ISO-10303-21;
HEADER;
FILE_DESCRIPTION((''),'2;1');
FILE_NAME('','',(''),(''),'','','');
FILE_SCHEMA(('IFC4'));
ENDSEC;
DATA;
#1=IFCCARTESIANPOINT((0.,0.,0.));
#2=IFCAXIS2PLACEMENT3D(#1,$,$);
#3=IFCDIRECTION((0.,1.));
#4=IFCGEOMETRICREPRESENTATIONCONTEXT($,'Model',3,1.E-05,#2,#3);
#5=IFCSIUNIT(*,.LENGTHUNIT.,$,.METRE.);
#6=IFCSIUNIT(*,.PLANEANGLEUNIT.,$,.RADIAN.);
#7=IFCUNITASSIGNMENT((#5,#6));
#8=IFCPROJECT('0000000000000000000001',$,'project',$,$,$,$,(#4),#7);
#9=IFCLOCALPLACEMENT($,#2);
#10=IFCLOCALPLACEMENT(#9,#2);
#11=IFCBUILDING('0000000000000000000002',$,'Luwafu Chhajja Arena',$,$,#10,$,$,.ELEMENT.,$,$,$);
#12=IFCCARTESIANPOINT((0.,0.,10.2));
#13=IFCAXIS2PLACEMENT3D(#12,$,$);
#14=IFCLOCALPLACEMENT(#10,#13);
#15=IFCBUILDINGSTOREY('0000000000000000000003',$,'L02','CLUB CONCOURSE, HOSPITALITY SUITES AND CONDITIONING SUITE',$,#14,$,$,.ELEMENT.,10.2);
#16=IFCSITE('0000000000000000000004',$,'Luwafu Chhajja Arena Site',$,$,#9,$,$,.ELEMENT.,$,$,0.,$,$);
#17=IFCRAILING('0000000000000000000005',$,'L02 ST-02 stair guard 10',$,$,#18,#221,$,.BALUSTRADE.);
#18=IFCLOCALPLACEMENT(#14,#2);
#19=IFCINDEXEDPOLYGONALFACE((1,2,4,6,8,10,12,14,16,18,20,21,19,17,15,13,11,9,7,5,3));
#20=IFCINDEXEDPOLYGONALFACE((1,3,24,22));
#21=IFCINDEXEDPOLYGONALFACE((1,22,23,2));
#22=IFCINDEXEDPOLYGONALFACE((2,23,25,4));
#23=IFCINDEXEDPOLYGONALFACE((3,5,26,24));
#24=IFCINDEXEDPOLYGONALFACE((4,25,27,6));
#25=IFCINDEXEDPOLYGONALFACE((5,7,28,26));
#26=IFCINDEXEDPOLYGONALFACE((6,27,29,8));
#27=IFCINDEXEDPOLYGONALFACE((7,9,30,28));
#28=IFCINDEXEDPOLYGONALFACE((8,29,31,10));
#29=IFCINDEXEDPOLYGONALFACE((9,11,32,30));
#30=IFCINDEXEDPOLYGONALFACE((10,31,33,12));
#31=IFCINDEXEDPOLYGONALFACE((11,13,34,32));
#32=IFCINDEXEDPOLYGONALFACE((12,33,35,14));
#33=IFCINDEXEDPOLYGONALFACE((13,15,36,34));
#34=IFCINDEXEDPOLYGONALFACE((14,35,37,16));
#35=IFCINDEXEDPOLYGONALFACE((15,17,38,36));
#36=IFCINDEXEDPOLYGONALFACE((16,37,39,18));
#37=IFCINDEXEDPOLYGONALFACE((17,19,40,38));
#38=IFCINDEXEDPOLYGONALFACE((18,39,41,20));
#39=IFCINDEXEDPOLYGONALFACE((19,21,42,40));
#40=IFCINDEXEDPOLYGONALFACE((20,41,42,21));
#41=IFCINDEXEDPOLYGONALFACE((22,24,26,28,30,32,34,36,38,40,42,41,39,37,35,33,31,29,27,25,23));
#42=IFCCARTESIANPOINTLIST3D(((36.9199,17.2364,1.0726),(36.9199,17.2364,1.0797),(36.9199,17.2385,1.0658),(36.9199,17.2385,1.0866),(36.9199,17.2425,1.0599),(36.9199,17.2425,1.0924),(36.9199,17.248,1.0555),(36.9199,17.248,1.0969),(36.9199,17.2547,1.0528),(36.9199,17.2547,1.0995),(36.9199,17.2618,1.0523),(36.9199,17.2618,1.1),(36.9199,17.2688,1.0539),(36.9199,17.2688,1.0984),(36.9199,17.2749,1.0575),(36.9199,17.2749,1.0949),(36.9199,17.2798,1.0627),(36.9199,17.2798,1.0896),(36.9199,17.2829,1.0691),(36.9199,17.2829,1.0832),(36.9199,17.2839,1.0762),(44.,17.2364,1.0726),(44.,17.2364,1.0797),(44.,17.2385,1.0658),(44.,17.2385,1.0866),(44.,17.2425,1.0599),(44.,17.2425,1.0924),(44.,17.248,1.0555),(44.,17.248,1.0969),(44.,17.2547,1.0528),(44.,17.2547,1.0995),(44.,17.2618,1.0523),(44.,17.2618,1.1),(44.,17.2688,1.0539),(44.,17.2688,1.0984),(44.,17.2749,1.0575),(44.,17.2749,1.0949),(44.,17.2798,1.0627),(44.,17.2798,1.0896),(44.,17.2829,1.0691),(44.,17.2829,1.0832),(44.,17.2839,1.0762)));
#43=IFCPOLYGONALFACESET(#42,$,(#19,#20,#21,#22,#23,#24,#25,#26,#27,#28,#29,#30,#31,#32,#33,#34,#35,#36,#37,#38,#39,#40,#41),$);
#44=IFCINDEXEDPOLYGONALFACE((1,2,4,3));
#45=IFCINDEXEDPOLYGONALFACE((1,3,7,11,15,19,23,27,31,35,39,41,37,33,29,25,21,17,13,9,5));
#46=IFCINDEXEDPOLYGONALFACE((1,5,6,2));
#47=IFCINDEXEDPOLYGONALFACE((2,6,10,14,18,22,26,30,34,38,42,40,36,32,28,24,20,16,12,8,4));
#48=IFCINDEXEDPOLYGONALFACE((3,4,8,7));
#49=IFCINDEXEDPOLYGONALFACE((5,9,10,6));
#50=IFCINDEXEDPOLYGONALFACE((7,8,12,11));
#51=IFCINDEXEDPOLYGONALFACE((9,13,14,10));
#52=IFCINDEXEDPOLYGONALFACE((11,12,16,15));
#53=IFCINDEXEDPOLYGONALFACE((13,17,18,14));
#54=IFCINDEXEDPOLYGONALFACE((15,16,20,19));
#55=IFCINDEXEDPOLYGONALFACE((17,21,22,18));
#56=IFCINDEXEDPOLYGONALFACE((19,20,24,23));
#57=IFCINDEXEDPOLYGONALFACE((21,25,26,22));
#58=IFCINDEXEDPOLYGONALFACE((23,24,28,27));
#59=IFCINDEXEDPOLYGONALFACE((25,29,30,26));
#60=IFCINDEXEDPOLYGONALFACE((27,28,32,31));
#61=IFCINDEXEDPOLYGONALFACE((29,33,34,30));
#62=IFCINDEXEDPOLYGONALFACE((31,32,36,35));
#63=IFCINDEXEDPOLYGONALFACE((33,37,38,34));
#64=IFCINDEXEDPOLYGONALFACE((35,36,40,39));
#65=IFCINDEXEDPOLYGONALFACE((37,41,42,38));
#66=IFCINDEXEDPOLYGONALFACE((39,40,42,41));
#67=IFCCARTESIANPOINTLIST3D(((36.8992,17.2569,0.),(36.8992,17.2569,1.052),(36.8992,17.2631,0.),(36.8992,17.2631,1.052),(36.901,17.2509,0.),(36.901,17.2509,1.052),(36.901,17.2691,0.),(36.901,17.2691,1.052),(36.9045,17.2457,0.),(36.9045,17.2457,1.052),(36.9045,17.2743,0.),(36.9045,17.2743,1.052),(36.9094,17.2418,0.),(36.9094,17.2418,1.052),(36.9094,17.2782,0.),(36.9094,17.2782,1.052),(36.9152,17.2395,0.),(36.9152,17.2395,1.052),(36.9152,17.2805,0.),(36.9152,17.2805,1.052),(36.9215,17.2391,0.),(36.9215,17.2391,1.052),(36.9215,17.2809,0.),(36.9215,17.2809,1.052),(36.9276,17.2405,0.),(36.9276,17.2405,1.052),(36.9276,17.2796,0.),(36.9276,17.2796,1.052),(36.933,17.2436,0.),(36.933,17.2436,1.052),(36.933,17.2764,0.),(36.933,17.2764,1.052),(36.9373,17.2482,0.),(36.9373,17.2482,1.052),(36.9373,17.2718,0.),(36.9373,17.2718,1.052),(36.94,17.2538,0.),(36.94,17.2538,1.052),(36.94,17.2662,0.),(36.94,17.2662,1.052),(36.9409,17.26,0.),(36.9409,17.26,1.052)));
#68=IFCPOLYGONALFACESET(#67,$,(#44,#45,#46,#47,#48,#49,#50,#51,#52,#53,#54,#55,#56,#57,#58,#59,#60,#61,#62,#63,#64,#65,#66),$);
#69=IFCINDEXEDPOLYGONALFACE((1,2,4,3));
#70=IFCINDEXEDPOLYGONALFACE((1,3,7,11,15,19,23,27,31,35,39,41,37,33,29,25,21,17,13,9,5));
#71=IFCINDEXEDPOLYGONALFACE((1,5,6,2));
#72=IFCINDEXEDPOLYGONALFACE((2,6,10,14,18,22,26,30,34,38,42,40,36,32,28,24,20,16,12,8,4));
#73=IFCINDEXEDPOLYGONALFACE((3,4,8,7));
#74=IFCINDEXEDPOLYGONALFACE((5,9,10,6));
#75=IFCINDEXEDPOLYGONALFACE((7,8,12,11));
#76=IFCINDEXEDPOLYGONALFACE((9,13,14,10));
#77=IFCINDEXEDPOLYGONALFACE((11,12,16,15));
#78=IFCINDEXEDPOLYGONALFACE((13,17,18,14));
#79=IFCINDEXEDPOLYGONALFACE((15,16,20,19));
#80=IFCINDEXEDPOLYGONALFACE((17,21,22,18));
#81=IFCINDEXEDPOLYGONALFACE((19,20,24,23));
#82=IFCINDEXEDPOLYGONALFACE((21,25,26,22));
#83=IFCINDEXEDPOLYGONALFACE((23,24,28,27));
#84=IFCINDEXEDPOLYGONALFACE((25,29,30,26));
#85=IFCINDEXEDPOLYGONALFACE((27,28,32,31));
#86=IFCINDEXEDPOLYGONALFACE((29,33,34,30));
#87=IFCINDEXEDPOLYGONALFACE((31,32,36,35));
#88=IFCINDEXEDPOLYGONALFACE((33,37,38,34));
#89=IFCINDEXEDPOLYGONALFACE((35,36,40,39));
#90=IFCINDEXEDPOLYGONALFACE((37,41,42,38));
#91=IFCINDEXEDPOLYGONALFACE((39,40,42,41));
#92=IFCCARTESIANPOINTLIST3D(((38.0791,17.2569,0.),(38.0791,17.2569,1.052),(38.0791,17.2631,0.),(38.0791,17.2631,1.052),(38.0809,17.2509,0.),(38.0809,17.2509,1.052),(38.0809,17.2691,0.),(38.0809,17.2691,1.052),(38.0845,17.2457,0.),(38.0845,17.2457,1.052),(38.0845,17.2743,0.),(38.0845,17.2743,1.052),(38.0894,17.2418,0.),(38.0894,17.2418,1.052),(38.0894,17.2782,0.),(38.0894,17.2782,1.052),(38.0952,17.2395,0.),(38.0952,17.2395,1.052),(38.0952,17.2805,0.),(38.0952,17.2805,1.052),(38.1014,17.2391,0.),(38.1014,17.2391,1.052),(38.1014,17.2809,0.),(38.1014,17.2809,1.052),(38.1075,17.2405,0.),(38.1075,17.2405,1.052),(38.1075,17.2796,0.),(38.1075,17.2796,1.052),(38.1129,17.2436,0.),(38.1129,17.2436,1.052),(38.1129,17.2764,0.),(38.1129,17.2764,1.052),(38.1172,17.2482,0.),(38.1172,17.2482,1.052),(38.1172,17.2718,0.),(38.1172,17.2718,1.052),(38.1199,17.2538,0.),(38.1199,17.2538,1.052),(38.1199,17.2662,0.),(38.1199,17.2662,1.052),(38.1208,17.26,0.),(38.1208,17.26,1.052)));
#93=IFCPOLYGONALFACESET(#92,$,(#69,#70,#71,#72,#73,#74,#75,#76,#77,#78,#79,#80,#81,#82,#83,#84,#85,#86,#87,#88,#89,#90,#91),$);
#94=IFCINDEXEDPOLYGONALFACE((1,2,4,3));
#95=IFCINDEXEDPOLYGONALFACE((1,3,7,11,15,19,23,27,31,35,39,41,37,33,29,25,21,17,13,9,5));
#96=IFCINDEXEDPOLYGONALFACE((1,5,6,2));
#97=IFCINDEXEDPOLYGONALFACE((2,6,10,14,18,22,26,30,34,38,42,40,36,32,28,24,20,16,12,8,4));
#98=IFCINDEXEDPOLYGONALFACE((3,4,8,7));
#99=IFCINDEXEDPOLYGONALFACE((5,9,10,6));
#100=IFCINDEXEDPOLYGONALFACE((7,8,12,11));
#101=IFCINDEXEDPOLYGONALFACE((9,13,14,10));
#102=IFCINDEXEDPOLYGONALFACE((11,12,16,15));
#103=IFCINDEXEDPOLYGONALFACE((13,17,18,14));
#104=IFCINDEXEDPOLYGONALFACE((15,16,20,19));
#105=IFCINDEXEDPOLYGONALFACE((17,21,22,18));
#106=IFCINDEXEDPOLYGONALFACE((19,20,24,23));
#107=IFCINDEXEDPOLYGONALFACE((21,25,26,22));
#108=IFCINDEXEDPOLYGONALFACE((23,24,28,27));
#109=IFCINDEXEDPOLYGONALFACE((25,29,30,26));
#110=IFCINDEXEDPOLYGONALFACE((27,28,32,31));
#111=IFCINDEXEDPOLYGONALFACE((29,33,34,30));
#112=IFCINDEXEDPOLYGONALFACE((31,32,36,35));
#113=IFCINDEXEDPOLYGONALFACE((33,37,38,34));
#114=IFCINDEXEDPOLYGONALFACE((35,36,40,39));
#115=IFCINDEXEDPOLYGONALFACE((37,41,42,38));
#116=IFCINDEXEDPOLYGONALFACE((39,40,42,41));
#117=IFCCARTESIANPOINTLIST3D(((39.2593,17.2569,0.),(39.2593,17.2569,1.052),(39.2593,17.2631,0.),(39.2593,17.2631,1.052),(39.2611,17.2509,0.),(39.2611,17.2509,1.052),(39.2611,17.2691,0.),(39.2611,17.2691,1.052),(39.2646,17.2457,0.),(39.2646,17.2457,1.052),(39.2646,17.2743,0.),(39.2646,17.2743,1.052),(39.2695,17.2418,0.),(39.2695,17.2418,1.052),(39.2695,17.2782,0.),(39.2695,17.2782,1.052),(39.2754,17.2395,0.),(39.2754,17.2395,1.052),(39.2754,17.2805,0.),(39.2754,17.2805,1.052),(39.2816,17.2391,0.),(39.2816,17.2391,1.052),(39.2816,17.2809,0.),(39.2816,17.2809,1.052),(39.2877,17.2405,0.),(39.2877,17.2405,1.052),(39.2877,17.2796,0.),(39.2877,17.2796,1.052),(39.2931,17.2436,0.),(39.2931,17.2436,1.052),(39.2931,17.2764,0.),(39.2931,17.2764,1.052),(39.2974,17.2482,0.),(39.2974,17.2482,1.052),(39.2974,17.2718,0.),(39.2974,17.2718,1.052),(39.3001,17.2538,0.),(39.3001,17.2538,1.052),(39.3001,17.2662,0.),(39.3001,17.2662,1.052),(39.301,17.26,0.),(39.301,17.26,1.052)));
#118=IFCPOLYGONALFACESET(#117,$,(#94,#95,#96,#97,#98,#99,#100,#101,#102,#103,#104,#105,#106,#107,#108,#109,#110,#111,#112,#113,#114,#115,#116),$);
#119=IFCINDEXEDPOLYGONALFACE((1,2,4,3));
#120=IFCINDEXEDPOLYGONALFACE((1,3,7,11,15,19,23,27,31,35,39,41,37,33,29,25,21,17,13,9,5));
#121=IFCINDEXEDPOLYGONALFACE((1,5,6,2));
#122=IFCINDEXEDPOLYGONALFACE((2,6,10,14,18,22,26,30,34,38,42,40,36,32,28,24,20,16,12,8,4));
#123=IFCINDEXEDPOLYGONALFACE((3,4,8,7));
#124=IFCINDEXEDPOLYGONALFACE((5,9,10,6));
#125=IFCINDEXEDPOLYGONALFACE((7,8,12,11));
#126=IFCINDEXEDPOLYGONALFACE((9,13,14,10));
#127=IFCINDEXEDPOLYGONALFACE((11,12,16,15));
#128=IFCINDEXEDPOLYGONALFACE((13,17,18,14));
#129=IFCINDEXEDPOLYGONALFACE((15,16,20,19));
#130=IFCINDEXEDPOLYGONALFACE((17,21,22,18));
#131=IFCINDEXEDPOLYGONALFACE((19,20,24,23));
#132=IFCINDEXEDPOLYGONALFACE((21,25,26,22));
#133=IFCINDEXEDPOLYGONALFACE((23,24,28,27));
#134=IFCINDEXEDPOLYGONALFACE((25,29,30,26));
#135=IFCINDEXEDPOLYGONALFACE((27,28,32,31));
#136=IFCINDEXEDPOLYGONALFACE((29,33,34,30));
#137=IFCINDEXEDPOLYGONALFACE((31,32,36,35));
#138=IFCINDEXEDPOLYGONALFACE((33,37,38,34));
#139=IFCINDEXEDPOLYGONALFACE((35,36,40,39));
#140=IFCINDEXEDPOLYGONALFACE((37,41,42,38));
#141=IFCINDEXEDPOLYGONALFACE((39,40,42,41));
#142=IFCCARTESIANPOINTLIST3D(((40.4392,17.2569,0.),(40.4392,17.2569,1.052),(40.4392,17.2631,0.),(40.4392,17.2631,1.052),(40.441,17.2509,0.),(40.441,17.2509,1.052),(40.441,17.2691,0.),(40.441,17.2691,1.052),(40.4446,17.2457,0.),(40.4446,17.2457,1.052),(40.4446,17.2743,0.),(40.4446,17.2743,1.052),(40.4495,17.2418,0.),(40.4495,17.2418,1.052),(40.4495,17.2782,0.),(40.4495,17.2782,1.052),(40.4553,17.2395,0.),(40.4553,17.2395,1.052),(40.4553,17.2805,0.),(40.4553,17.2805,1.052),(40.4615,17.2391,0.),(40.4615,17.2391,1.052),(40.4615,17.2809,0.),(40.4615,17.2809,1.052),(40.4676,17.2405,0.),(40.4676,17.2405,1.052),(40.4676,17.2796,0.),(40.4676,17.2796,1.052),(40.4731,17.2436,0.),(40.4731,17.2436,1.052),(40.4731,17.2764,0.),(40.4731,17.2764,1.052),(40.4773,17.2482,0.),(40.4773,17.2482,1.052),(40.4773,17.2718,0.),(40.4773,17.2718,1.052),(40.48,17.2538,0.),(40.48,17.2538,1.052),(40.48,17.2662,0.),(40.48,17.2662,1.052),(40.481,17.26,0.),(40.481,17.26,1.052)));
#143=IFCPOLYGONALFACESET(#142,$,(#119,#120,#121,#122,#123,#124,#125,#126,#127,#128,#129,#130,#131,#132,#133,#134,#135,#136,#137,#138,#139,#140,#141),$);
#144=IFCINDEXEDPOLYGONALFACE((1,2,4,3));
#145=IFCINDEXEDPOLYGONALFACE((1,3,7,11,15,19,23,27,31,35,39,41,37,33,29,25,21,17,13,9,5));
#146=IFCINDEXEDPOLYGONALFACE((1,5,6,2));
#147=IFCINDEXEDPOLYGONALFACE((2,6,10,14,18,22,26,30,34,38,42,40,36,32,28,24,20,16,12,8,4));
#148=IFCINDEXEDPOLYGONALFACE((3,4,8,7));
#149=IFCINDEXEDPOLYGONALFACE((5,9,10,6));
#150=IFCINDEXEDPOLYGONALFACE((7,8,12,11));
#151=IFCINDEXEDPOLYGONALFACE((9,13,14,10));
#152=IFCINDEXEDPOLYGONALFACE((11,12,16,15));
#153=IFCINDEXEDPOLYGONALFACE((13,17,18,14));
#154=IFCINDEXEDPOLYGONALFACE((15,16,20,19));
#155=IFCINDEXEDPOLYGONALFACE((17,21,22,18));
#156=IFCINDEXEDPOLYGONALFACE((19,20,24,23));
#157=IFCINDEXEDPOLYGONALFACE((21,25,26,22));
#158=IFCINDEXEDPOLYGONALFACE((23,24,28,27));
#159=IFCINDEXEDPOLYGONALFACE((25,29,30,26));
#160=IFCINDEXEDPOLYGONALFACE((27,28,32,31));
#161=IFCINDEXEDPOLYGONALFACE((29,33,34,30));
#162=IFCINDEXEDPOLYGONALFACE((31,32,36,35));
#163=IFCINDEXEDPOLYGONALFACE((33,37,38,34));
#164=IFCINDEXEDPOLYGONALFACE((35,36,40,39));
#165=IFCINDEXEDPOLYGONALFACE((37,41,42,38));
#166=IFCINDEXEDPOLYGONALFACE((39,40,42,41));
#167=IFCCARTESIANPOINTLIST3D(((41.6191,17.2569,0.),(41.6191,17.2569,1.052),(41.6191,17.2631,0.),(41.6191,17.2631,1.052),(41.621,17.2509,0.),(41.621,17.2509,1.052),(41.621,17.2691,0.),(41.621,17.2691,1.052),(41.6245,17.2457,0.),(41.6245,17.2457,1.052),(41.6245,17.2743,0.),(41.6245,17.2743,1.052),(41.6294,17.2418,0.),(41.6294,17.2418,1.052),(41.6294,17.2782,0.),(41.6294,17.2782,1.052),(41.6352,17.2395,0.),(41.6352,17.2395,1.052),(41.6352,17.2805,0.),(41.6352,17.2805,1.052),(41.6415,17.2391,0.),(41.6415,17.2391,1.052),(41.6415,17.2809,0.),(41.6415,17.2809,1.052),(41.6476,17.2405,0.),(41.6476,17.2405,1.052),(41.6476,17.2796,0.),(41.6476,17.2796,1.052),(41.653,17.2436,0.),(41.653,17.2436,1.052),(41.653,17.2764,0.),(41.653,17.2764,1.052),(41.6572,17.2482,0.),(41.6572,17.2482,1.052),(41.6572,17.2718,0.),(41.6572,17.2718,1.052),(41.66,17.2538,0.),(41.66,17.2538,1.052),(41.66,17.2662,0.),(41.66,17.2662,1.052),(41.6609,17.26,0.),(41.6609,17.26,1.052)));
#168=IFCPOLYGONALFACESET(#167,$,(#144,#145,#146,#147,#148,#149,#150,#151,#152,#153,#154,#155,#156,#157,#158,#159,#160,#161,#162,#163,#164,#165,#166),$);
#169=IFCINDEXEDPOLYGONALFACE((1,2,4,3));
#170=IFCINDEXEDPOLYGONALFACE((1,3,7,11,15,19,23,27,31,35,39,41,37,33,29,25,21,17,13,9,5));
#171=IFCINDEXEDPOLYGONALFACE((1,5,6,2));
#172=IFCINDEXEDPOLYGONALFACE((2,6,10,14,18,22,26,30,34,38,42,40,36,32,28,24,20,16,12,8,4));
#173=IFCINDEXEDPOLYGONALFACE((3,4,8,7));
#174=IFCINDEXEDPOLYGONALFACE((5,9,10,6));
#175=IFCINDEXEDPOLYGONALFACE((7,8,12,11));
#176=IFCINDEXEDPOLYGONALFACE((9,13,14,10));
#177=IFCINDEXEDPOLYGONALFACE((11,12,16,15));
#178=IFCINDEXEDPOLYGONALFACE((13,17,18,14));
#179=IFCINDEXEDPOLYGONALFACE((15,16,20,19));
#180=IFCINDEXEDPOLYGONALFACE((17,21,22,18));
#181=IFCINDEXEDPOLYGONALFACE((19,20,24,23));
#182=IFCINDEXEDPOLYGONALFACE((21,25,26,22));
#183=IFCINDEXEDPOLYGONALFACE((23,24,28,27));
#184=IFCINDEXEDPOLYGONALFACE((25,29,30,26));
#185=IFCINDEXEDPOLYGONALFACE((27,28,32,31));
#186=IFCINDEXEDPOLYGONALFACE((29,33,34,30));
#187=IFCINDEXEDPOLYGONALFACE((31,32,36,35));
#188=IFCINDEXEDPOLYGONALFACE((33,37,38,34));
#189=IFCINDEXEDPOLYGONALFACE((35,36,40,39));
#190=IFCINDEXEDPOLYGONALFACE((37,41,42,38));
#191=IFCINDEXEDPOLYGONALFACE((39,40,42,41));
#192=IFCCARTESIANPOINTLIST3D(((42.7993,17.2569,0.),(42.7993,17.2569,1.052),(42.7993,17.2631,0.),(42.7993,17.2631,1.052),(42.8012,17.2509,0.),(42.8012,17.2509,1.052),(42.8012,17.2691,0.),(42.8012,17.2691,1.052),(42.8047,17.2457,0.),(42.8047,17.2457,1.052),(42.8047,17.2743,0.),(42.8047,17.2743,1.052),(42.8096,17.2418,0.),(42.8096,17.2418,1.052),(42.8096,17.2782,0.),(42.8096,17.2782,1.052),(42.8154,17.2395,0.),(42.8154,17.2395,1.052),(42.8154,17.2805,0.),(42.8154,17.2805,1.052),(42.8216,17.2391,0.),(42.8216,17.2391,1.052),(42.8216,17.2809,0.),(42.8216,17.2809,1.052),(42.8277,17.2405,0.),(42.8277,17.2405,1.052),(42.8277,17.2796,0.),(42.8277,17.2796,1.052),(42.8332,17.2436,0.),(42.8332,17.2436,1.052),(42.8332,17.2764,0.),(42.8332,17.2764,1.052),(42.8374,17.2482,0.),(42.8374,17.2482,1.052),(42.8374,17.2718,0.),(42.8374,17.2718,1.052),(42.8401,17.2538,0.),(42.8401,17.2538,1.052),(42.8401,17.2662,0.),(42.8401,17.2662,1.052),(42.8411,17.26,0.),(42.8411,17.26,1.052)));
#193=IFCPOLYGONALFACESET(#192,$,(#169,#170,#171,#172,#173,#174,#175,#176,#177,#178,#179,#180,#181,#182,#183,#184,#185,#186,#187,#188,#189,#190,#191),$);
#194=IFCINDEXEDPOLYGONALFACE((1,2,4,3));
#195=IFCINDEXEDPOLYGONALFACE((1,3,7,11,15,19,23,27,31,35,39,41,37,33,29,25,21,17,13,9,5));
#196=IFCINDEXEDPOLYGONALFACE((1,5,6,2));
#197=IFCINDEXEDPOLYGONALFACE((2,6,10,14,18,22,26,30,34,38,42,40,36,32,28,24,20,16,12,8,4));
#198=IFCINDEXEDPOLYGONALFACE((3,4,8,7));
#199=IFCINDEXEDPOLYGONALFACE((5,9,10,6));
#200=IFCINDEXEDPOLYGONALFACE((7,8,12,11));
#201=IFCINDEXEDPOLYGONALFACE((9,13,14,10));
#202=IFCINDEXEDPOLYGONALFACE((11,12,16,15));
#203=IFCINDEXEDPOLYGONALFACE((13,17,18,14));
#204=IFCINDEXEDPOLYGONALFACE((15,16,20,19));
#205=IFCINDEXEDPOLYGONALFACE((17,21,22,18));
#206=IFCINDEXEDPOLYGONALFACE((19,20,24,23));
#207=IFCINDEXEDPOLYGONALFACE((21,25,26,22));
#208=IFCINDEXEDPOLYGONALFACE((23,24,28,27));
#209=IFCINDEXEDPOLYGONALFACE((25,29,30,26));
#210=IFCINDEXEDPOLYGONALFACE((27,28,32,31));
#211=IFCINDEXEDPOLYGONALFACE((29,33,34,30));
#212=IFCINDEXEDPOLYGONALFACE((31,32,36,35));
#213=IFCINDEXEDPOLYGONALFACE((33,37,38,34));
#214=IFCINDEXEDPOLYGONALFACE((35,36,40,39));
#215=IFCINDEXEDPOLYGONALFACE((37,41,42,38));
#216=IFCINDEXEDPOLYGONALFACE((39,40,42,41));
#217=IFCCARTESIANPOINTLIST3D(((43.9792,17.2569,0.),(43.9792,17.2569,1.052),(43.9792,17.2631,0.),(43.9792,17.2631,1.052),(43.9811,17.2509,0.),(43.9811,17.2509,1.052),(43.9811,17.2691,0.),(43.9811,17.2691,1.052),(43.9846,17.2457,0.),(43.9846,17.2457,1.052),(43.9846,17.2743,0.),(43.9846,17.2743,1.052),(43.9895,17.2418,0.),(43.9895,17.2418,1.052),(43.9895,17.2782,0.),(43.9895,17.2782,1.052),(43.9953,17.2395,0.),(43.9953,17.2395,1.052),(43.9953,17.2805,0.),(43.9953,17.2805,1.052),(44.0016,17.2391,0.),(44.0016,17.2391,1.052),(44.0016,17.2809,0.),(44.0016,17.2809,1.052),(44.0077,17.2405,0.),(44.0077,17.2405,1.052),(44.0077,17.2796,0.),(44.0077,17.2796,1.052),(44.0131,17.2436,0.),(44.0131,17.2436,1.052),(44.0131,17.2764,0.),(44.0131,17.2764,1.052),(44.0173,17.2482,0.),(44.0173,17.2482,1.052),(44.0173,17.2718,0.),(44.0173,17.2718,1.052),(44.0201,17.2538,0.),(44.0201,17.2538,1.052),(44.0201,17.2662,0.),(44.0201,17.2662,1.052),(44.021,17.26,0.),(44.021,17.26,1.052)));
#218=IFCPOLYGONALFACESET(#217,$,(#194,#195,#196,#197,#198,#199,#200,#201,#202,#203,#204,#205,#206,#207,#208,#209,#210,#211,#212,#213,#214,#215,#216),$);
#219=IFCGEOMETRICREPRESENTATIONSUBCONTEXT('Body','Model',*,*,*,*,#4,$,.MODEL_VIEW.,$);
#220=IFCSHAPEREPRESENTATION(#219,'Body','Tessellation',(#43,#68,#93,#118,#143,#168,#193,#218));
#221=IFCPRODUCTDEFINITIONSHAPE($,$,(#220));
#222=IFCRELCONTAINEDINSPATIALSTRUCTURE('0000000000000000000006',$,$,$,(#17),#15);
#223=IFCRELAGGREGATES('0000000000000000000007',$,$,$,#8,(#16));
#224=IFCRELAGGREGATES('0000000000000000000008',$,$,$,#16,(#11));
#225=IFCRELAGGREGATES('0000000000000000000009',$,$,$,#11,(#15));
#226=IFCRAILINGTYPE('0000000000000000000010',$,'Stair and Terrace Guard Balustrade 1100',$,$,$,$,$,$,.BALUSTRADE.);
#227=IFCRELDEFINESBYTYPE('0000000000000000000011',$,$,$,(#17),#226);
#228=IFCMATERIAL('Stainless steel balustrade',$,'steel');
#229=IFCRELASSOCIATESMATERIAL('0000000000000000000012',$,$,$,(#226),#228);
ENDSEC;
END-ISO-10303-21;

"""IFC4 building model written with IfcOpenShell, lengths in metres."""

from ifc_helpers import new_model, si_unit, direction, frame, origin, origin_2d, place, context, subcontext, project, spatial, circle, extrude, material, type_object, element, save


model = new_model("IFC4")

# Units and contexts
model_context = context("Model", 3, precision=1e-05, world=origin(), true_north=direction((0.0, 1.0)))
body_context = subcontext(model_context, "Body", "Model", "MODEL_VIEW")
ifc_project = project(units=[si_unit("LENGTHUNIT", "METRE"), si_unit("PLANEANGLEUNIT", "RADIAN")], contexts=[model_context])

# Site, building, storey
site_placement = place(None, origin())
site = spatial("IfcSite", under=ifc_project, at=site_placement, Name="Luwafu Chhajja Arena Site", CompositionType="ELEMENT", RefElevation=0.0)
building_placement = place(site_placement, origin())
building = spatial("IfcBuilding", under=site, at=building_placement, Name="Luwafu Chhajja Arena", CompositionType="ELEMENT")
storey_placement = place(building_placement, frame((0.0, 0.0, 10.2)))
storey = spatial("IfcBuildingStorey", under=building, at=storey_placement, Name="L02", Description="CLUB CONCOURSE, HOSPITALITY SUITES AND CONDITIONING SUITE", CompositionType="ELEMENT", Elevation=10.2)

# Railing
ifc_material_1 = material(Name="Stainless steel balustrade", Category="steel")
railing_type = type_object("IfcRailingType", Name="Stair and Terrace Guard Balustrade 1100", PredefinedType="BALUSTRADE", material=ifc_material_1)
railing_1_placement = place(storey_placement, frame((36.9199, 17.26, 0.0)))
element("IfcRailing", 1, at=railing_1_placement, inside=storey, type_object=railing_type, Name="L02 ST-02 stair guard 10", PredefinedType="BALUSTRADE", context=body_context, shape_type="SweptSolid", body=[
    extrude(circle(Radius=0.0239, at=origin_2d()), frame((0.0, 0.0, 1.0762), z_axis=(1.0, 0.0, 0.0), x_axis=(0.0, 1.0, 0.0)), (0.0, 0.0, 1.0), 7.0801),
    extrude(circle(Radius=0.021, at=origin_2d()), origin(), (0.0, 0.0, 1.0), 1.052),
    extrude(circle(Radius=0.021, at=origin_2d()), frame((1.1799, 0.0, 0.0)), (0.0, 0.0, 1.0), 1.052),
    extrude(circle(Radius=0.021, at=origin_2d()), frame((2.3601, 0.0, 0.0)), (0.0, 0.0, 1.0), 1.052),
    extrude(circle(Radius=0.021, at=origin_2d()), frame((3.54, 0.0, 0.0)), (0.0, 0.0, 1.0), 1.052),
    extrude(circle(Radius=0.021, at=origin_2d()), frame((4.72, 0.0, 0.0)), (0.0, 0.0, 1.0), 1.052),
    extrude(circle(Radius=0.021, at=origin_2d()), frame((5.9001, 0.0, 0.0)), (0.0, 0.0, 1.0), 1.052),
    extrude(circle(Radius=0.021, at=origin_2d()), frame((7.0801, 0.0, 0.0)), (0.0, 0.0, 1.0), 1.052),
])

save(model, "model.ifc")
